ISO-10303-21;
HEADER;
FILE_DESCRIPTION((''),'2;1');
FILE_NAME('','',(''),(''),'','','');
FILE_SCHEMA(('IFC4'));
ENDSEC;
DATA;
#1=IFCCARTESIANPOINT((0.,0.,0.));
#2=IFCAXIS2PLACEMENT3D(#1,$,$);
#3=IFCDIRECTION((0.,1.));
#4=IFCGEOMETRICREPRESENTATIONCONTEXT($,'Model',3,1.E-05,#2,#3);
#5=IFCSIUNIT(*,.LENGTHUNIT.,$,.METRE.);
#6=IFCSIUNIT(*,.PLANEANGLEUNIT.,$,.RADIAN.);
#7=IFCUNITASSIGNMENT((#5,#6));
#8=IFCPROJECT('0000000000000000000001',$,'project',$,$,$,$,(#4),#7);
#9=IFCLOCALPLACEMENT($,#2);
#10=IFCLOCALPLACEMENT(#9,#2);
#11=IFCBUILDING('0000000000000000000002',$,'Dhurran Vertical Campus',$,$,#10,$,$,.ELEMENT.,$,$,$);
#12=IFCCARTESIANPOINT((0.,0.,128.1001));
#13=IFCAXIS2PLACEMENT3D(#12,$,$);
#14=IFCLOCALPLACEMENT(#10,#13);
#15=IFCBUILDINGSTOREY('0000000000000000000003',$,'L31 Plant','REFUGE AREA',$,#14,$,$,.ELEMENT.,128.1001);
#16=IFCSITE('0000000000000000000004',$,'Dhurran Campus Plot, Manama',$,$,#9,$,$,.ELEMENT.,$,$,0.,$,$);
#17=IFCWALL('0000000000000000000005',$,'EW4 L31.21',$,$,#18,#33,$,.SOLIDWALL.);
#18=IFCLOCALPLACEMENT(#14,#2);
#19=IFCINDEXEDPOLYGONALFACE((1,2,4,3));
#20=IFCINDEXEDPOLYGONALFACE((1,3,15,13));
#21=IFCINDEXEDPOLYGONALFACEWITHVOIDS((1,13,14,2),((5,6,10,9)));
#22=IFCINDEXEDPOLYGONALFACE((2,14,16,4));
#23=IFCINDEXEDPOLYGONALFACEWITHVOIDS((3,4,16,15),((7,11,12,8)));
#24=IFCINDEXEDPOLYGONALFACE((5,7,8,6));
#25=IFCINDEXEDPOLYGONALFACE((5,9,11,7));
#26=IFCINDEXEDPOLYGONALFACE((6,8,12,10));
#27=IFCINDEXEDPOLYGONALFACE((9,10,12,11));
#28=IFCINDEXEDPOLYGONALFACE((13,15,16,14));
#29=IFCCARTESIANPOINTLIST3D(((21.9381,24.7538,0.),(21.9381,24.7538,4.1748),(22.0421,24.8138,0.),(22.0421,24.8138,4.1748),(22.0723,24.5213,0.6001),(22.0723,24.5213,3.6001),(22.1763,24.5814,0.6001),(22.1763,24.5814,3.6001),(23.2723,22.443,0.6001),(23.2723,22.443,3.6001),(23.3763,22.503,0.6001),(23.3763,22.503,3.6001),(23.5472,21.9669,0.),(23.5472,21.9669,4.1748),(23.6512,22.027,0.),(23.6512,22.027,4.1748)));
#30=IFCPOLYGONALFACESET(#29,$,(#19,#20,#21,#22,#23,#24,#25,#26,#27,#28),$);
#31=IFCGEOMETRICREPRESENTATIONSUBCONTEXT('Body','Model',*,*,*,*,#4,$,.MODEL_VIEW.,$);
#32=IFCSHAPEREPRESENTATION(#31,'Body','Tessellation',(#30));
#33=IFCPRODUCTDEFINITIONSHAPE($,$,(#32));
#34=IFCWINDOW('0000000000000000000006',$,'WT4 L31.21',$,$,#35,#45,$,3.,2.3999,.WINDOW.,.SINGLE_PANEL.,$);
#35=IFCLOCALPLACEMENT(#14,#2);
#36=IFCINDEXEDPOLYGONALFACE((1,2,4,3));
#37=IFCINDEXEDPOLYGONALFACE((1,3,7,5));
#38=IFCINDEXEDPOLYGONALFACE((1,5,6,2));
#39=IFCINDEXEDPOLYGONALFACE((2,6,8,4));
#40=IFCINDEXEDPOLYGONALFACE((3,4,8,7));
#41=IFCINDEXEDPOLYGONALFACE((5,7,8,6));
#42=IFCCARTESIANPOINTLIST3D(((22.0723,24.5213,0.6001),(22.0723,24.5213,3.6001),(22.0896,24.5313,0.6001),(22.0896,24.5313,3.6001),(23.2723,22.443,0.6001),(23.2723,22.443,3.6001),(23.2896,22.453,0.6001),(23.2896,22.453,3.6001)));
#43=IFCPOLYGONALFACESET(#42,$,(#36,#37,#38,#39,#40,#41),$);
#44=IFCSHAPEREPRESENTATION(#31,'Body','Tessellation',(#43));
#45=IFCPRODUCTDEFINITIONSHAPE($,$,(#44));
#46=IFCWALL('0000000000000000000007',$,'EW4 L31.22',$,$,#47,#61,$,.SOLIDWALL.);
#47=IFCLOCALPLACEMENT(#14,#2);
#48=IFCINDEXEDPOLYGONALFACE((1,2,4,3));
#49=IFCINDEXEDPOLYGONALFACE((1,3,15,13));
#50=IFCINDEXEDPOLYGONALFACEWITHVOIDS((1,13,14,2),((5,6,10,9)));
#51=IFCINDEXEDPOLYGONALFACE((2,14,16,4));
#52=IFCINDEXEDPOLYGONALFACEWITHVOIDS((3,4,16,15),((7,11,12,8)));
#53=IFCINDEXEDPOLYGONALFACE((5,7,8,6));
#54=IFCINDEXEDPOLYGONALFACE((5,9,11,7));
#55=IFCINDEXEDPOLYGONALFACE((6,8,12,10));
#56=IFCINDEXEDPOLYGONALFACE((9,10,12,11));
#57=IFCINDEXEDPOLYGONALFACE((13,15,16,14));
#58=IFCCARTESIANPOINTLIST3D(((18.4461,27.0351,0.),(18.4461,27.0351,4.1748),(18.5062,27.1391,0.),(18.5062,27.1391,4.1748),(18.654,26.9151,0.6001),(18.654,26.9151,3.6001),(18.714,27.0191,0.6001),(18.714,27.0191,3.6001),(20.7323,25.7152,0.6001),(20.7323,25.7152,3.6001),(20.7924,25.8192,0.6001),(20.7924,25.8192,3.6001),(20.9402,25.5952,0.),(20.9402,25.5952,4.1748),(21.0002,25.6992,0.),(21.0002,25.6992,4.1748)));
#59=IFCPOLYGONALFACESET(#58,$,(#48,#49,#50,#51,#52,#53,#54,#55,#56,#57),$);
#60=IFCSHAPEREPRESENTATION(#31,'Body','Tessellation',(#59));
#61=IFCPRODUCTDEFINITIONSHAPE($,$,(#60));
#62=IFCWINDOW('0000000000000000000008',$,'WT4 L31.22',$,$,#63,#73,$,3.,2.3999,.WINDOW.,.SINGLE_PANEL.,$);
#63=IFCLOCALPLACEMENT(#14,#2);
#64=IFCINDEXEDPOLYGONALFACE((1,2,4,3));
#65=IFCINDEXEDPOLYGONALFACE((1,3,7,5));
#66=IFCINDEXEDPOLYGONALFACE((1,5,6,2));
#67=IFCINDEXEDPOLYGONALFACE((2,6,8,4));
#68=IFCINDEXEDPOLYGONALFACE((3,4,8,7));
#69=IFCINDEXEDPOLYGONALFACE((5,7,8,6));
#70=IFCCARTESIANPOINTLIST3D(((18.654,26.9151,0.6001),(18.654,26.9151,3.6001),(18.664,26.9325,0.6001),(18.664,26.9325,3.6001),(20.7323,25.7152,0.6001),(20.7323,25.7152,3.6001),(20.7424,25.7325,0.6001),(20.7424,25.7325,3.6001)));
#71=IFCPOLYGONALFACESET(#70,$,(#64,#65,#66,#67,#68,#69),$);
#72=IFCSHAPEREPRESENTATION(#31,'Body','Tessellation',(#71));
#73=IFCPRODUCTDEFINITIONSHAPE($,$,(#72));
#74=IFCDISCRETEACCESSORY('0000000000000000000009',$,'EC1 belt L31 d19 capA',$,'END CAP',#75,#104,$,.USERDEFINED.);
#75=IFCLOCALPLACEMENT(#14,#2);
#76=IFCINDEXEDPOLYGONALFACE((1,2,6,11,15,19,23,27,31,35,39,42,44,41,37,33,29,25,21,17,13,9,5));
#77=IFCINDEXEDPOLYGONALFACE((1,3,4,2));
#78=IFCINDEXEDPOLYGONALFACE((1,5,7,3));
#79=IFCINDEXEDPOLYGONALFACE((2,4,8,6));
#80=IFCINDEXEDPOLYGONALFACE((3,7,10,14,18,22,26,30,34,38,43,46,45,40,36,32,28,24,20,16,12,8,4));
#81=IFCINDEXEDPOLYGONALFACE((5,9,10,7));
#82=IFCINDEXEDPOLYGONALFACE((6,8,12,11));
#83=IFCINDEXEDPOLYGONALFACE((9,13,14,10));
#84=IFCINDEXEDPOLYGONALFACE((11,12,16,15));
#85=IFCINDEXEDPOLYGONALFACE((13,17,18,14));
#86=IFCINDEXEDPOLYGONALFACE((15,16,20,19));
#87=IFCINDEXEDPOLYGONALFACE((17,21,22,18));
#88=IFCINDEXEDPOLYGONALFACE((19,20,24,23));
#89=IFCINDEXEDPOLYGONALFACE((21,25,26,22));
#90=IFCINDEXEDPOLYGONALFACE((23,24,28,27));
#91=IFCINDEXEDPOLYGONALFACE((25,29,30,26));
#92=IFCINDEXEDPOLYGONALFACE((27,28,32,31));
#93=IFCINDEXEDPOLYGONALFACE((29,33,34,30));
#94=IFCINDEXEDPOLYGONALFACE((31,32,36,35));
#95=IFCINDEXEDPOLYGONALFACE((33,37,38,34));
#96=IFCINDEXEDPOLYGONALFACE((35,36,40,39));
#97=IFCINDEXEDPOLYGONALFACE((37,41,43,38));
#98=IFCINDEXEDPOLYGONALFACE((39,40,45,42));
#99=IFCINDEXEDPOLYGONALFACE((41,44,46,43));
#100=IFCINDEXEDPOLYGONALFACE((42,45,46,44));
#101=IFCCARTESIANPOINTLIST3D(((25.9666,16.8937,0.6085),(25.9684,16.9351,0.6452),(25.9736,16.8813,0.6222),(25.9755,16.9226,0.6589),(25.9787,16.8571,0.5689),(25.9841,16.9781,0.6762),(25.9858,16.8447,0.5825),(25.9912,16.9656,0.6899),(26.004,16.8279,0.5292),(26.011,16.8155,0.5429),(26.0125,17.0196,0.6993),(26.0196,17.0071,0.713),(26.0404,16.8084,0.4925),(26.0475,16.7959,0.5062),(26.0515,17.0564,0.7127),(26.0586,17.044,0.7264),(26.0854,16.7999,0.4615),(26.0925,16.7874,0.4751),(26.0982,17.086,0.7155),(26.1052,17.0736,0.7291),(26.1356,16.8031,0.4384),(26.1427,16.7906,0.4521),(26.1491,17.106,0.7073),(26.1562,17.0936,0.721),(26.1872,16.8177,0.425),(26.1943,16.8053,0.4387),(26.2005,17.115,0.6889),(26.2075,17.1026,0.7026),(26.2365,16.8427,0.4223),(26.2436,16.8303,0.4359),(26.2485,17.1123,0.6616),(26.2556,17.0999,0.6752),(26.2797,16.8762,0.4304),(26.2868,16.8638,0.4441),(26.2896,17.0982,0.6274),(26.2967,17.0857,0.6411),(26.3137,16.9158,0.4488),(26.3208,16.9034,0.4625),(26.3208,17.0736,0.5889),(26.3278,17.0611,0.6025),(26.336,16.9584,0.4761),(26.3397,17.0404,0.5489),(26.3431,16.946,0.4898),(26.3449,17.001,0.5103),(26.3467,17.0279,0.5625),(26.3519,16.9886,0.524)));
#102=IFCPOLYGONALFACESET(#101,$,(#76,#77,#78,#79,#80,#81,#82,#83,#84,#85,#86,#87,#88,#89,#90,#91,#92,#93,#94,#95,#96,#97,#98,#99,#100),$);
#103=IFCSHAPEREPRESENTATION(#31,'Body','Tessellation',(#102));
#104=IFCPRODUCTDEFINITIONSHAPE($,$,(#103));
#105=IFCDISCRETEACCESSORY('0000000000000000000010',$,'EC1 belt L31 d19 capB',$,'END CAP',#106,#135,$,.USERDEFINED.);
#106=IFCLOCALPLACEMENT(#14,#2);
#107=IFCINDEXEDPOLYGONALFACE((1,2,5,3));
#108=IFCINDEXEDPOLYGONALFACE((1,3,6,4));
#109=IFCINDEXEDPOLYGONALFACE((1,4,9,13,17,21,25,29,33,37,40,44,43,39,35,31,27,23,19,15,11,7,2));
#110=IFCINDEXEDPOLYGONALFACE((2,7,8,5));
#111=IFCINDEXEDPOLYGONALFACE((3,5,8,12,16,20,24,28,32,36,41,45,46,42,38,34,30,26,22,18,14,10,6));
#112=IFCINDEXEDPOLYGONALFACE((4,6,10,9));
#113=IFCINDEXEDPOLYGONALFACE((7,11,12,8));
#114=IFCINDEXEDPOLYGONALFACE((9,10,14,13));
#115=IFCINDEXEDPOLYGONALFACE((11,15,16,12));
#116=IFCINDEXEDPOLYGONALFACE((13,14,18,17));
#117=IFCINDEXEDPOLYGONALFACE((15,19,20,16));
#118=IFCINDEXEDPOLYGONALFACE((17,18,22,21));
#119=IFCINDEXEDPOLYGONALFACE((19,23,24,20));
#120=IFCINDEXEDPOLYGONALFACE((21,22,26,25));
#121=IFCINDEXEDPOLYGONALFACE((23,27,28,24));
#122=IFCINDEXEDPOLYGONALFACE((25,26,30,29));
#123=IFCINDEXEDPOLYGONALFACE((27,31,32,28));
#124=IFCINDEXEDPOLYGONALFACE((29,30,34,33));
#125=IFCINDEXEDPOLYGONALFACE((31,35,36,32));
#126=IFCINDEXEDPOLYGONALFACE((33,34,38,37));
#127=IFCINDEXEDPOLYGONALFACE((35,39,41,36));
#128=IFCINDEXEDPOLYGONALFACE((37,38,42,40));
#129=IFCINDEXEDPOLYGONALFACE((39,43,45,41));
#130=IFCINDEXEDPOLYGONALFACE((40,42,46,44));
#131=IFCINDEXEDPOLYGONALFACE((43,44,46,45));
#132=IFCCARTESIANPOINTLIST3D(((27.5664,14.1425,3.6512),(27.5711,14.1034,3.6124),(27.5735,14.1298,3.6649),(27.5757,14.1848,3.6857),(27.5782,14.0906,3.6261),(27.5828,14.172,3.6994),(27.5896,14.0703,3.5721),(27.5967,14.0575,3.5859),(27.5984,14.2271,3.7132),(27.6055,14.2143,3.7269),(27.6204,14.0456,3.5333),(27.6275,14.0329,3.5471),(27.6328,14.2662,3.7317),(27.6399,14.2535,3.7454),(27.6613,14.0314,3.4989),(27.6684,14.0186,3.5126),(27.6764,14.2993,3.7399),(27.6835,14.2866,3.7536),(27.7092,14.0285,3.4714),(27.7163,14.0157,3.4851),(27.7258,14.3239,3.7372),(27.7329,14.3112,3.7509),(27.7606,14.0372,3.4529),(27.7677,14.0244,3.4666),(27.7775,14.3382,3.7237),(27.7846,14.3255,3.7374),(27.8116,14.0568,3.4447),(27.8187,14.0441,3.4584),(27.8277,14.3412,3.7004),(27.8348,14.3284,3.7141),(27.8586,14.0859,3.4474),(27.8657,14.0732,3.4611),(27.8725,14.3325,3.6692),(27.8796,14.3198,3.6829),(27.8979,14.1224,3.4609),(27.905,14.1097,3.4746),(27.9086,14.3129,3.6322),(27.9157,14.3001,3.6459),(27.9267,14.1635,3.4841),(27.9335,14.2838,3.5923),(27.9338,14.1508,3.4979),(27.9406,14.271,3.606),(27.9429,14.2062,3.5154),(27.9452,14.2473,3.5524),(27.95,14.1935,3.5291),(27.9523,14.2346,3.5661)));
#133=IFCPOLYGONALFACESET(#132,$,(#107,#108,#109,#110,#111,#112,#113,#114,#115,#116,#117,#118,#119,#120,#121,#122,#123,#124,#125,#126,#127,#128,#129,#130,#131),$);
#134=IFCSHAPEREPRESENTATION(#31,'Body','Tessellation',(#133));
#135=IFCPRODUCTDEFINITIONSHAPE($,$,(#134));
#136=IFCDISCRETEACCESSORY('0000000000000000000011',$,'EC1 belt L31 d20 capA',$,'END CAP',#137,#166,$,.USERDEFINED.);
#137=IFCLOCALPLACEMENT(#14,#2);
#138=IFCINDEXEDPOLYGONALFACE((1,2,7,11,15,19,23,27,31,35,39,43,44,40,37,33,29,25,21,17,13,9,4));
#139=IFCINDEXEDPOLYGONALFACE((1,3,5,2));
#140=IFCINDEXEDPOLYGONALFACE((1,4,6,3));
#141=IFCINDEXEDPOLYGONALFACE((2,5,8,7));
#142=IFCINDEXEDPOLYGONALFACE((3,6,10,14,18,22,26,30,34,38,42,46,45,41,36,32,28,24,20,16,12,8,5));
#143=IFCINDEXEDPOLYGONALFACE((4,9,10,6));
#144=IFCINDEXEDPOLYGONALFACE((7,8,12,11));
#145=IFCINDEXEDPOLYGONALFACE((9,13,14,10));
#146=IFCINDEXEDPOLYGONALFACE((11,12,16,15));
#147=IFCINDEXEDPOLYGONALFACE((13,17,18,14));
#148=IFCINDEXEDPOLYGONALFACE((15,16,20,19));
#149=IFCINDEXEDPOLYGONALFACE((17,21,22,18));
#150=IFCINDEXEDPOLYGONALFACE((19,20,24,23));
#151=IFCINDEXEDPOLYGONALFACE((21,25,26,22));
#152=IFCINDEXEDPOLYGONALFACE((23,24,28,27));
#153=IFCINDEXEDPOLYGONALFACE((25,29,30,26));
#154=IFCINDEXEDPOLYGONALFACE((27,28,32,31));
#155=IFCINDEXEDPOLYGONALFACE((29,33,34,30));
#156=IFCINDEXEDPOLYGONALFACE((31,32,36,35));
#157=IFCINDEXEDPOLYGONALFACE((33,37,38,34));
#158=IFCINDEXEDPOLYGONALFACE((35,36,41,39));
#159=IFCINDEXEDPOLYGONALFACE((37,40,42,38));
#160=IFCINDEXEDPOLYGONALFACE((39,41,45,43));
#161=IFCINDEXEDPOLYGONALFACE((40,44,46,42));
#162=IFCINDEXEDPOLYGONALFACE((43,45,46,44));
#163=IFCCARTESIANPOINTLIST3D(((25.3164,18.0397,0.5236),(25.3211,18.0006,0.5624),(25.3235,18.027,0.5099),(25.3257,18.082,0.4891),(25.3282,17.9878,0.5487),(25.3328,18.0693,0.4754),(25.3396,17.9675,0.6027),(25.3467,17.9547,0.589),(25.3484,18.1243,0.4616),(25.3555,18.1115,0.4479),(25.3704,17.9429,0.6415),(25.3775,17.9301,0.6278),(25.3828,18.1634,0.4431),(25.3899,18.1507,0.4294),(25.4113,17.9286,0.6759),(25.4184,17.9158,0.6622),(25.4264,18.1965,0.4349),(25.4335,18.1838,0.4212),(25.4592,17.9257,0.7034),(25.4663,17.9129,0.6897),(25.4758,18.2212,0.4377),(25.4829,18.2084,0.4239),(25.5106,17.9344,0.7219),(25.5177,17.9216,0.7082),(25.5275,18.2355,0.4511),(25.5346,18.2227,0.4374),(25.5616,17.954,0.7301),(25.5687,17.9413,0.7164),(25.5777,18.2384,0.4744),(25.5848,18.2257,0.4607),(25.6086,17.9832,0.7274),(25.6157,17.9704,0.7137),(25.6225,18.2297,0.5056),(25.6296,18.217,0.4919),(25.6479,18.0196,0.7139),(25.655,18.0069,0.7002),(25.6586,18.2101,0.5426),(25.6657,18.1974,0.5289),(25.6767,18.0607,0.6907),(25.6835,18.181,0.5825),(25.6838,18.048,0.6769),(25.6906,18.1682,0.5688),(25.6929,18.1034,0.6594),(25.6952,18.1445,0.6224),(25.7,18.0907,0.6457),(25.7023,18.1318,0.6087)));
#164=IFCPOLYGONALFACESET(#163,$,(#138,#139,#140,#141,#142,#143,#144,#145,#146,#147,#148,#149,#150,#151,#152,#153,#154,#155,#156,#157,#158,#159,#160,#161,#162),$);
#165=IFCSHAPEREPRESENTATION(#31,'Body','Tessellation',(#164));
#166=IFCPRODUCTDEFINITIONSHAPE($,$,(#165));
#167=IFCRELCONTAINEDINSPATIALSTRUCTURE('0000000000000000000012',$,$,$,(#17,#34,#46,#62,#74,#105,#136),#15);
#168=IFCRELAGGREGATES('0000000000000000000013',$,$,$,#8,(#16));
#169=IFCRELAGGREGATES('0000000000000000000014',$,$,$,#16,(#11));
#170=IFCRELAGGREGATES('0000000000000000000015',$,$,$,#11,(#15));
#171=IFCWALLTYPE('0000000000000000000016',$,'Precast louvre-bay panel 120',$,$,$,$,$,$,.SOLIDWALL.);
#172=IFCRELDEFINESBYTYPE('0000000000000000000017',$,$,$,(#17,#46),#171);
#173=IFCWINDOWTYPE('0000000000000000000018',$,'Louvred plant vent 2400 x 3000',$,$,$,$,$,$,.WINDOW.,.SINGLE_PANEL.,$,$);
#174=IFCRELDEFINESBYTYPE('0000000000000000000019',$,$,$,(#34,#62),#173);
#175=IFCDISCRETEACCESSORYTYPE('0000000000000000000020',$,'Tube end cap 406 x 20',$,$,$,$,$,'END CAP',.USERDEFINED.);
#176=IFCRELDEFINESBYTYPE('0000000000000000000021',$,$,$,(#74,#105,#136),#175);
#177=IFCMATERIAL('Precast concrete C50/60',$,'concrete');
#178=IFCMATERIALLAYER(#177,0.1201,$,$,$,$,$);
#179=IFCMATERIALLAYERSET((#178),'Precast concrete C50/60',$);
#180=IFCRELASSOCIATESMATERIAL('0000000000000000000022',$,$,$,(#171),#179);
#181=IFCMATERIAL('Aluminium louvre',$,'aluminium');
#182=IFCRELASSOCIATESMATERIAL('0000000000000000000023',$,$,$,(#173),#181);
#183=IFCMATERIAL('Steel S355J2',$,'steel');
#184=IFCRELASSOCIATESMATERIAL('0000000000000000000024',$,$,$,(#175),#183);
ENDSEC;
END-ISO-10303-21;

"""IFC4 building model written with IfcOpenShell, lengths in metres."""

from ifc_helpers import new_model, si_unit, direction, frame, frame_2d, origin, origin_2d, place, context, subcontext, project, spatial, rectangle, circle, extrude, material, layer, layer_set, material_profile, profile_set, type_object, element, fill, save


model = new_model("IFC4")

# Units and contexts
model_context = context("Model", 3, precision=1e-05, world=origin(), true_north=direction((0.0, 1.0)))
body_context = subcontext(model_context, "Body", "Model", "MODEL_VIEW")
ifc_project = project(units=[si_unit("LENGTHUNIT", "METRE"), si_unit("PLANEANGLEUNIT", "RADIAN")], contexts=[model_context])

# Site, building, storey
site_placement = place(None, origin())
site = spatial("IfcSite", under=ifc_project, at=site_placement, Name="Dhurran Campus Plot, Manama", CompositionType="ELEMENT", RefElevation=0.0)
building_placement = place(site_placement, origin())
building = spatial("IfcBuilding", under=site, at=building_placement, Name="Dhurran Vertical Campus", CompositionType="ELEMENT")
storey_placement = place(building_placement, frame((0.0, 0.0, 128.1001)))
storey = spatial("IfcBuildingStorey", under=building, at=storey_placement, Name="L31 Plant", Description="REFUGE AREA", CompositionType="ELEMENT", Elevation=128.1001)

# Walls, openings, windows
ifc_material_1 = material(Name="Precast concrete C50/60", Category="concrete")
ifc_layer = layer(ifc_material_1, 0.1201)
ifc_layer_set = layer_set([ifc_layer], Name="Precast concrete C50/60")
wall_type = type_object("IfcWallType", Name="Precast louvre-bay panel 120", PredefinedType="SOLIDWALL", material=ifc_layer_set)
ifc_material_2 = material(Name="Aluminium louvre", Category="aluminium")
window_type = type_object("IfcWindowType", Name="Louvred plant vent 2400 x 3000", PartitioningType="SINGLE_PANEL", PredefinedType="WINDOW", material=ifc_material_2)
wall_1_placement = place(storey_placement, frame((23.5991, 21.9971, 0.0), z_axis=(0.0, 0.0, 1.0), x_axis=(-0.500031, 0.866007, 0.0)))
wall_1 = element("IfcWall", 1, at=wall_1_placement, inside=storey, type_object=wall_type, Name="EW4 L31.21", PredefinedType="SOLIDWALL", context=body_context, shape_type="SweptSolid", body=[
    extrude(rectangle(XDim=3.218, YDim=0.1201, at=frame_2d((1.6089, 0.0))), origin(), (0.0, 0.0, 1.0), 4.1748),
])
opening_1_placement = place(wall_1_placement, frame((0.5496, 0.0, 0.6001)))
opening_1 = element("IfcOpeningElement", 2, at=opening_1_placement, cuts=wall_1, PredefinedType="OPENING", context=body_context, shape_type="SweptSolid", body=[
    extrude(rectangle(XDim=2.3999, YDim=3.0, at=frame_2d((1.2, 1.5))), frame((0.0, 0.0701, 0.0), z_axis=(0.0, -1.0, 0.0), x_axis=(1.0, 0.0, 0.0)), (0.0, 0.0, 1.0), 0.1401),
])
window_1_placement = place(opening_1_placement, origin())
window_1 = element("IfcWindow", 3, at=window_1_placement, inside=storey, type_object=window_type, Name="WT4 L31.21", OverallHeight=3.0, OverallWidth=2.3999, PartitioningType="SINGLE_PANEL", PredefinedType="WINDOW", context=body_context, shape_type="SweptSolid", body=[
    extrude(rectangle(XDim=2.3999, YDim=3.0, at=frame_2d((1.2, 1.5))), frame((0.0, 0.0601, 0.0), z_axis=(0.0, -1.0, 0.0), x_axis=(1.0, 0.0, 0.0)), (0.0, 0.0, 1.0), 0.02),
])
fill(opening_1, window_1)
wall_2_placement = place(storey_placement, frame((20.9702, 25.6472, 0.0), z_axis=(0.0, 0.0, 1.0), x_axis=(-0.866033, 0.499987, 0.0)))
wall_2 = element("IfcWall", 4, at=wall_2_placement, inside=storey, type_object=wall_type, Name="EW4 L31.22", PredefinedType="SOLIDWALL", context=body_context, shape_type="SweptSolid", body=[
    extrude(rectangle(XDim=2.8799, YDim=0.1201, at=frame_2d((1.4399, 0.0))), origin(), (0.0, 0.0, 1.0), 4.1748),
])
opening_2_placement = place(wall_2_placement, frame((0.24, 0.0, 0.6001)))
opening_2 = element("IfcOpeningElement", 5, at=opening_2_placement, cuts=wall_2, PredefinedType="OPENING", context=body_context, shape_type="SweptSolid", body=[
    extrude(rectangle(XDim=2.3999, YDim=3.0, at=frame_2d((1.2, 1.5))), frame((0.0, 0.0701, 0.0), z_axis=(0.0, -1.0, 0.0), x_axis=(1.0, 0.0, 0.0)), (0.0, 0.0, 1.0), 0.1401),
])
window_2_placement = place(opening_2_placement, origin())
window_2 = element("IfcWindow", 6, at=window_2_placement, inside=storey, type_object=window_type, Name="WT4 L31.22", OverallHeight=3.0, OverallWidth=2.3999, PartitioningType="SINGLE_PANEL", PredefinedType="WINDOW", context=body_context, shape_type="SweptSolid", body=[
    extrude(rectangle(XDim=2.3999, YDim=3.0, at=frame_2d((1.2, 1.5))), frame((0.0, 0.0601, 0.0), z_axis=(0.0, -1.0, 0.0), x_axis=(1.0, 0.0, 0.0)), (0.0, 0.0, 1.0), 0.02),
])
fill(opening_2, window_2)

# Discrete accessories
ifc_material_3 = material(Name="Steel S355J2", Category="steel")
ifc_material_profile_1 = material_profile(ifc_material_3, circle(Radius=0.2031, at=origin_2d()), Name="Tube end cap 406 x 20")
ifc_profile_set_1 = profile_set([ifc_material_profile_1], Name="Steel S355J2")
discrete_accessory_type = type_object("IfcDiscreteAccessoryType", Name="Tube end cap 406 x 20", ElementType="END CAP", PredefinedType="USERDEFINED", material=ifc_profile_set_1)
discrete_accessory_placement = place(storey_placement, frame((26.1624, 16.9451, 0.5825), z_axis=(-0.357562, 0.628816, -0.690464), x_axis=(-0.86929, -0.494302, 0.0)))
element("IfcDiscreteAccessory", 7, at=discrete_accessory_placement, inside=storey, type_object=discrete_accessory_type, Name="EC1 belt L31 d19 capA", ObjectType="END CAP", PredefinedType="USERDEFINED", context=body_context, shape_type="SweptSolid", body=[
    extrude(circle(Radius=0.2031, at=origin_2d()), origin(), (0.0, 0.0, 1.0), 0.0198),
])
for number, where, z_axis, x_axis, name in (
    (8, (27.7561, 14.1848, 3.5923), (0.354795, -0.636184, 0.685121), (0.873364, 0.487068, 0.0), "EC1 belt L31 d19 capB"),
    (9, (25.5061, 18.082, 0.5825), (0.354795, -0.636184, -0.685121), (0.873364, 0.487068, 0.0), "EC1 belt L31 d20 capA"),
):
    element("IfcDiscreteAccessory", number, at=place(storey_placement, frame(where, z_axis=z_axis, x_axis=x_axis)), inside=storey, type_object=discrete_accessory_type, Name=name, ObjectType="END CAP", PredefinedType="USERDEFINED", context=body_context, shape_type="SweptSolid", body=[
        extrude(circle(Radius=0.2031, at=origin_2d()), origin(), (0.0, 0.0, 1.0), 0.02),
    ])

save(model, "model.ifc")
